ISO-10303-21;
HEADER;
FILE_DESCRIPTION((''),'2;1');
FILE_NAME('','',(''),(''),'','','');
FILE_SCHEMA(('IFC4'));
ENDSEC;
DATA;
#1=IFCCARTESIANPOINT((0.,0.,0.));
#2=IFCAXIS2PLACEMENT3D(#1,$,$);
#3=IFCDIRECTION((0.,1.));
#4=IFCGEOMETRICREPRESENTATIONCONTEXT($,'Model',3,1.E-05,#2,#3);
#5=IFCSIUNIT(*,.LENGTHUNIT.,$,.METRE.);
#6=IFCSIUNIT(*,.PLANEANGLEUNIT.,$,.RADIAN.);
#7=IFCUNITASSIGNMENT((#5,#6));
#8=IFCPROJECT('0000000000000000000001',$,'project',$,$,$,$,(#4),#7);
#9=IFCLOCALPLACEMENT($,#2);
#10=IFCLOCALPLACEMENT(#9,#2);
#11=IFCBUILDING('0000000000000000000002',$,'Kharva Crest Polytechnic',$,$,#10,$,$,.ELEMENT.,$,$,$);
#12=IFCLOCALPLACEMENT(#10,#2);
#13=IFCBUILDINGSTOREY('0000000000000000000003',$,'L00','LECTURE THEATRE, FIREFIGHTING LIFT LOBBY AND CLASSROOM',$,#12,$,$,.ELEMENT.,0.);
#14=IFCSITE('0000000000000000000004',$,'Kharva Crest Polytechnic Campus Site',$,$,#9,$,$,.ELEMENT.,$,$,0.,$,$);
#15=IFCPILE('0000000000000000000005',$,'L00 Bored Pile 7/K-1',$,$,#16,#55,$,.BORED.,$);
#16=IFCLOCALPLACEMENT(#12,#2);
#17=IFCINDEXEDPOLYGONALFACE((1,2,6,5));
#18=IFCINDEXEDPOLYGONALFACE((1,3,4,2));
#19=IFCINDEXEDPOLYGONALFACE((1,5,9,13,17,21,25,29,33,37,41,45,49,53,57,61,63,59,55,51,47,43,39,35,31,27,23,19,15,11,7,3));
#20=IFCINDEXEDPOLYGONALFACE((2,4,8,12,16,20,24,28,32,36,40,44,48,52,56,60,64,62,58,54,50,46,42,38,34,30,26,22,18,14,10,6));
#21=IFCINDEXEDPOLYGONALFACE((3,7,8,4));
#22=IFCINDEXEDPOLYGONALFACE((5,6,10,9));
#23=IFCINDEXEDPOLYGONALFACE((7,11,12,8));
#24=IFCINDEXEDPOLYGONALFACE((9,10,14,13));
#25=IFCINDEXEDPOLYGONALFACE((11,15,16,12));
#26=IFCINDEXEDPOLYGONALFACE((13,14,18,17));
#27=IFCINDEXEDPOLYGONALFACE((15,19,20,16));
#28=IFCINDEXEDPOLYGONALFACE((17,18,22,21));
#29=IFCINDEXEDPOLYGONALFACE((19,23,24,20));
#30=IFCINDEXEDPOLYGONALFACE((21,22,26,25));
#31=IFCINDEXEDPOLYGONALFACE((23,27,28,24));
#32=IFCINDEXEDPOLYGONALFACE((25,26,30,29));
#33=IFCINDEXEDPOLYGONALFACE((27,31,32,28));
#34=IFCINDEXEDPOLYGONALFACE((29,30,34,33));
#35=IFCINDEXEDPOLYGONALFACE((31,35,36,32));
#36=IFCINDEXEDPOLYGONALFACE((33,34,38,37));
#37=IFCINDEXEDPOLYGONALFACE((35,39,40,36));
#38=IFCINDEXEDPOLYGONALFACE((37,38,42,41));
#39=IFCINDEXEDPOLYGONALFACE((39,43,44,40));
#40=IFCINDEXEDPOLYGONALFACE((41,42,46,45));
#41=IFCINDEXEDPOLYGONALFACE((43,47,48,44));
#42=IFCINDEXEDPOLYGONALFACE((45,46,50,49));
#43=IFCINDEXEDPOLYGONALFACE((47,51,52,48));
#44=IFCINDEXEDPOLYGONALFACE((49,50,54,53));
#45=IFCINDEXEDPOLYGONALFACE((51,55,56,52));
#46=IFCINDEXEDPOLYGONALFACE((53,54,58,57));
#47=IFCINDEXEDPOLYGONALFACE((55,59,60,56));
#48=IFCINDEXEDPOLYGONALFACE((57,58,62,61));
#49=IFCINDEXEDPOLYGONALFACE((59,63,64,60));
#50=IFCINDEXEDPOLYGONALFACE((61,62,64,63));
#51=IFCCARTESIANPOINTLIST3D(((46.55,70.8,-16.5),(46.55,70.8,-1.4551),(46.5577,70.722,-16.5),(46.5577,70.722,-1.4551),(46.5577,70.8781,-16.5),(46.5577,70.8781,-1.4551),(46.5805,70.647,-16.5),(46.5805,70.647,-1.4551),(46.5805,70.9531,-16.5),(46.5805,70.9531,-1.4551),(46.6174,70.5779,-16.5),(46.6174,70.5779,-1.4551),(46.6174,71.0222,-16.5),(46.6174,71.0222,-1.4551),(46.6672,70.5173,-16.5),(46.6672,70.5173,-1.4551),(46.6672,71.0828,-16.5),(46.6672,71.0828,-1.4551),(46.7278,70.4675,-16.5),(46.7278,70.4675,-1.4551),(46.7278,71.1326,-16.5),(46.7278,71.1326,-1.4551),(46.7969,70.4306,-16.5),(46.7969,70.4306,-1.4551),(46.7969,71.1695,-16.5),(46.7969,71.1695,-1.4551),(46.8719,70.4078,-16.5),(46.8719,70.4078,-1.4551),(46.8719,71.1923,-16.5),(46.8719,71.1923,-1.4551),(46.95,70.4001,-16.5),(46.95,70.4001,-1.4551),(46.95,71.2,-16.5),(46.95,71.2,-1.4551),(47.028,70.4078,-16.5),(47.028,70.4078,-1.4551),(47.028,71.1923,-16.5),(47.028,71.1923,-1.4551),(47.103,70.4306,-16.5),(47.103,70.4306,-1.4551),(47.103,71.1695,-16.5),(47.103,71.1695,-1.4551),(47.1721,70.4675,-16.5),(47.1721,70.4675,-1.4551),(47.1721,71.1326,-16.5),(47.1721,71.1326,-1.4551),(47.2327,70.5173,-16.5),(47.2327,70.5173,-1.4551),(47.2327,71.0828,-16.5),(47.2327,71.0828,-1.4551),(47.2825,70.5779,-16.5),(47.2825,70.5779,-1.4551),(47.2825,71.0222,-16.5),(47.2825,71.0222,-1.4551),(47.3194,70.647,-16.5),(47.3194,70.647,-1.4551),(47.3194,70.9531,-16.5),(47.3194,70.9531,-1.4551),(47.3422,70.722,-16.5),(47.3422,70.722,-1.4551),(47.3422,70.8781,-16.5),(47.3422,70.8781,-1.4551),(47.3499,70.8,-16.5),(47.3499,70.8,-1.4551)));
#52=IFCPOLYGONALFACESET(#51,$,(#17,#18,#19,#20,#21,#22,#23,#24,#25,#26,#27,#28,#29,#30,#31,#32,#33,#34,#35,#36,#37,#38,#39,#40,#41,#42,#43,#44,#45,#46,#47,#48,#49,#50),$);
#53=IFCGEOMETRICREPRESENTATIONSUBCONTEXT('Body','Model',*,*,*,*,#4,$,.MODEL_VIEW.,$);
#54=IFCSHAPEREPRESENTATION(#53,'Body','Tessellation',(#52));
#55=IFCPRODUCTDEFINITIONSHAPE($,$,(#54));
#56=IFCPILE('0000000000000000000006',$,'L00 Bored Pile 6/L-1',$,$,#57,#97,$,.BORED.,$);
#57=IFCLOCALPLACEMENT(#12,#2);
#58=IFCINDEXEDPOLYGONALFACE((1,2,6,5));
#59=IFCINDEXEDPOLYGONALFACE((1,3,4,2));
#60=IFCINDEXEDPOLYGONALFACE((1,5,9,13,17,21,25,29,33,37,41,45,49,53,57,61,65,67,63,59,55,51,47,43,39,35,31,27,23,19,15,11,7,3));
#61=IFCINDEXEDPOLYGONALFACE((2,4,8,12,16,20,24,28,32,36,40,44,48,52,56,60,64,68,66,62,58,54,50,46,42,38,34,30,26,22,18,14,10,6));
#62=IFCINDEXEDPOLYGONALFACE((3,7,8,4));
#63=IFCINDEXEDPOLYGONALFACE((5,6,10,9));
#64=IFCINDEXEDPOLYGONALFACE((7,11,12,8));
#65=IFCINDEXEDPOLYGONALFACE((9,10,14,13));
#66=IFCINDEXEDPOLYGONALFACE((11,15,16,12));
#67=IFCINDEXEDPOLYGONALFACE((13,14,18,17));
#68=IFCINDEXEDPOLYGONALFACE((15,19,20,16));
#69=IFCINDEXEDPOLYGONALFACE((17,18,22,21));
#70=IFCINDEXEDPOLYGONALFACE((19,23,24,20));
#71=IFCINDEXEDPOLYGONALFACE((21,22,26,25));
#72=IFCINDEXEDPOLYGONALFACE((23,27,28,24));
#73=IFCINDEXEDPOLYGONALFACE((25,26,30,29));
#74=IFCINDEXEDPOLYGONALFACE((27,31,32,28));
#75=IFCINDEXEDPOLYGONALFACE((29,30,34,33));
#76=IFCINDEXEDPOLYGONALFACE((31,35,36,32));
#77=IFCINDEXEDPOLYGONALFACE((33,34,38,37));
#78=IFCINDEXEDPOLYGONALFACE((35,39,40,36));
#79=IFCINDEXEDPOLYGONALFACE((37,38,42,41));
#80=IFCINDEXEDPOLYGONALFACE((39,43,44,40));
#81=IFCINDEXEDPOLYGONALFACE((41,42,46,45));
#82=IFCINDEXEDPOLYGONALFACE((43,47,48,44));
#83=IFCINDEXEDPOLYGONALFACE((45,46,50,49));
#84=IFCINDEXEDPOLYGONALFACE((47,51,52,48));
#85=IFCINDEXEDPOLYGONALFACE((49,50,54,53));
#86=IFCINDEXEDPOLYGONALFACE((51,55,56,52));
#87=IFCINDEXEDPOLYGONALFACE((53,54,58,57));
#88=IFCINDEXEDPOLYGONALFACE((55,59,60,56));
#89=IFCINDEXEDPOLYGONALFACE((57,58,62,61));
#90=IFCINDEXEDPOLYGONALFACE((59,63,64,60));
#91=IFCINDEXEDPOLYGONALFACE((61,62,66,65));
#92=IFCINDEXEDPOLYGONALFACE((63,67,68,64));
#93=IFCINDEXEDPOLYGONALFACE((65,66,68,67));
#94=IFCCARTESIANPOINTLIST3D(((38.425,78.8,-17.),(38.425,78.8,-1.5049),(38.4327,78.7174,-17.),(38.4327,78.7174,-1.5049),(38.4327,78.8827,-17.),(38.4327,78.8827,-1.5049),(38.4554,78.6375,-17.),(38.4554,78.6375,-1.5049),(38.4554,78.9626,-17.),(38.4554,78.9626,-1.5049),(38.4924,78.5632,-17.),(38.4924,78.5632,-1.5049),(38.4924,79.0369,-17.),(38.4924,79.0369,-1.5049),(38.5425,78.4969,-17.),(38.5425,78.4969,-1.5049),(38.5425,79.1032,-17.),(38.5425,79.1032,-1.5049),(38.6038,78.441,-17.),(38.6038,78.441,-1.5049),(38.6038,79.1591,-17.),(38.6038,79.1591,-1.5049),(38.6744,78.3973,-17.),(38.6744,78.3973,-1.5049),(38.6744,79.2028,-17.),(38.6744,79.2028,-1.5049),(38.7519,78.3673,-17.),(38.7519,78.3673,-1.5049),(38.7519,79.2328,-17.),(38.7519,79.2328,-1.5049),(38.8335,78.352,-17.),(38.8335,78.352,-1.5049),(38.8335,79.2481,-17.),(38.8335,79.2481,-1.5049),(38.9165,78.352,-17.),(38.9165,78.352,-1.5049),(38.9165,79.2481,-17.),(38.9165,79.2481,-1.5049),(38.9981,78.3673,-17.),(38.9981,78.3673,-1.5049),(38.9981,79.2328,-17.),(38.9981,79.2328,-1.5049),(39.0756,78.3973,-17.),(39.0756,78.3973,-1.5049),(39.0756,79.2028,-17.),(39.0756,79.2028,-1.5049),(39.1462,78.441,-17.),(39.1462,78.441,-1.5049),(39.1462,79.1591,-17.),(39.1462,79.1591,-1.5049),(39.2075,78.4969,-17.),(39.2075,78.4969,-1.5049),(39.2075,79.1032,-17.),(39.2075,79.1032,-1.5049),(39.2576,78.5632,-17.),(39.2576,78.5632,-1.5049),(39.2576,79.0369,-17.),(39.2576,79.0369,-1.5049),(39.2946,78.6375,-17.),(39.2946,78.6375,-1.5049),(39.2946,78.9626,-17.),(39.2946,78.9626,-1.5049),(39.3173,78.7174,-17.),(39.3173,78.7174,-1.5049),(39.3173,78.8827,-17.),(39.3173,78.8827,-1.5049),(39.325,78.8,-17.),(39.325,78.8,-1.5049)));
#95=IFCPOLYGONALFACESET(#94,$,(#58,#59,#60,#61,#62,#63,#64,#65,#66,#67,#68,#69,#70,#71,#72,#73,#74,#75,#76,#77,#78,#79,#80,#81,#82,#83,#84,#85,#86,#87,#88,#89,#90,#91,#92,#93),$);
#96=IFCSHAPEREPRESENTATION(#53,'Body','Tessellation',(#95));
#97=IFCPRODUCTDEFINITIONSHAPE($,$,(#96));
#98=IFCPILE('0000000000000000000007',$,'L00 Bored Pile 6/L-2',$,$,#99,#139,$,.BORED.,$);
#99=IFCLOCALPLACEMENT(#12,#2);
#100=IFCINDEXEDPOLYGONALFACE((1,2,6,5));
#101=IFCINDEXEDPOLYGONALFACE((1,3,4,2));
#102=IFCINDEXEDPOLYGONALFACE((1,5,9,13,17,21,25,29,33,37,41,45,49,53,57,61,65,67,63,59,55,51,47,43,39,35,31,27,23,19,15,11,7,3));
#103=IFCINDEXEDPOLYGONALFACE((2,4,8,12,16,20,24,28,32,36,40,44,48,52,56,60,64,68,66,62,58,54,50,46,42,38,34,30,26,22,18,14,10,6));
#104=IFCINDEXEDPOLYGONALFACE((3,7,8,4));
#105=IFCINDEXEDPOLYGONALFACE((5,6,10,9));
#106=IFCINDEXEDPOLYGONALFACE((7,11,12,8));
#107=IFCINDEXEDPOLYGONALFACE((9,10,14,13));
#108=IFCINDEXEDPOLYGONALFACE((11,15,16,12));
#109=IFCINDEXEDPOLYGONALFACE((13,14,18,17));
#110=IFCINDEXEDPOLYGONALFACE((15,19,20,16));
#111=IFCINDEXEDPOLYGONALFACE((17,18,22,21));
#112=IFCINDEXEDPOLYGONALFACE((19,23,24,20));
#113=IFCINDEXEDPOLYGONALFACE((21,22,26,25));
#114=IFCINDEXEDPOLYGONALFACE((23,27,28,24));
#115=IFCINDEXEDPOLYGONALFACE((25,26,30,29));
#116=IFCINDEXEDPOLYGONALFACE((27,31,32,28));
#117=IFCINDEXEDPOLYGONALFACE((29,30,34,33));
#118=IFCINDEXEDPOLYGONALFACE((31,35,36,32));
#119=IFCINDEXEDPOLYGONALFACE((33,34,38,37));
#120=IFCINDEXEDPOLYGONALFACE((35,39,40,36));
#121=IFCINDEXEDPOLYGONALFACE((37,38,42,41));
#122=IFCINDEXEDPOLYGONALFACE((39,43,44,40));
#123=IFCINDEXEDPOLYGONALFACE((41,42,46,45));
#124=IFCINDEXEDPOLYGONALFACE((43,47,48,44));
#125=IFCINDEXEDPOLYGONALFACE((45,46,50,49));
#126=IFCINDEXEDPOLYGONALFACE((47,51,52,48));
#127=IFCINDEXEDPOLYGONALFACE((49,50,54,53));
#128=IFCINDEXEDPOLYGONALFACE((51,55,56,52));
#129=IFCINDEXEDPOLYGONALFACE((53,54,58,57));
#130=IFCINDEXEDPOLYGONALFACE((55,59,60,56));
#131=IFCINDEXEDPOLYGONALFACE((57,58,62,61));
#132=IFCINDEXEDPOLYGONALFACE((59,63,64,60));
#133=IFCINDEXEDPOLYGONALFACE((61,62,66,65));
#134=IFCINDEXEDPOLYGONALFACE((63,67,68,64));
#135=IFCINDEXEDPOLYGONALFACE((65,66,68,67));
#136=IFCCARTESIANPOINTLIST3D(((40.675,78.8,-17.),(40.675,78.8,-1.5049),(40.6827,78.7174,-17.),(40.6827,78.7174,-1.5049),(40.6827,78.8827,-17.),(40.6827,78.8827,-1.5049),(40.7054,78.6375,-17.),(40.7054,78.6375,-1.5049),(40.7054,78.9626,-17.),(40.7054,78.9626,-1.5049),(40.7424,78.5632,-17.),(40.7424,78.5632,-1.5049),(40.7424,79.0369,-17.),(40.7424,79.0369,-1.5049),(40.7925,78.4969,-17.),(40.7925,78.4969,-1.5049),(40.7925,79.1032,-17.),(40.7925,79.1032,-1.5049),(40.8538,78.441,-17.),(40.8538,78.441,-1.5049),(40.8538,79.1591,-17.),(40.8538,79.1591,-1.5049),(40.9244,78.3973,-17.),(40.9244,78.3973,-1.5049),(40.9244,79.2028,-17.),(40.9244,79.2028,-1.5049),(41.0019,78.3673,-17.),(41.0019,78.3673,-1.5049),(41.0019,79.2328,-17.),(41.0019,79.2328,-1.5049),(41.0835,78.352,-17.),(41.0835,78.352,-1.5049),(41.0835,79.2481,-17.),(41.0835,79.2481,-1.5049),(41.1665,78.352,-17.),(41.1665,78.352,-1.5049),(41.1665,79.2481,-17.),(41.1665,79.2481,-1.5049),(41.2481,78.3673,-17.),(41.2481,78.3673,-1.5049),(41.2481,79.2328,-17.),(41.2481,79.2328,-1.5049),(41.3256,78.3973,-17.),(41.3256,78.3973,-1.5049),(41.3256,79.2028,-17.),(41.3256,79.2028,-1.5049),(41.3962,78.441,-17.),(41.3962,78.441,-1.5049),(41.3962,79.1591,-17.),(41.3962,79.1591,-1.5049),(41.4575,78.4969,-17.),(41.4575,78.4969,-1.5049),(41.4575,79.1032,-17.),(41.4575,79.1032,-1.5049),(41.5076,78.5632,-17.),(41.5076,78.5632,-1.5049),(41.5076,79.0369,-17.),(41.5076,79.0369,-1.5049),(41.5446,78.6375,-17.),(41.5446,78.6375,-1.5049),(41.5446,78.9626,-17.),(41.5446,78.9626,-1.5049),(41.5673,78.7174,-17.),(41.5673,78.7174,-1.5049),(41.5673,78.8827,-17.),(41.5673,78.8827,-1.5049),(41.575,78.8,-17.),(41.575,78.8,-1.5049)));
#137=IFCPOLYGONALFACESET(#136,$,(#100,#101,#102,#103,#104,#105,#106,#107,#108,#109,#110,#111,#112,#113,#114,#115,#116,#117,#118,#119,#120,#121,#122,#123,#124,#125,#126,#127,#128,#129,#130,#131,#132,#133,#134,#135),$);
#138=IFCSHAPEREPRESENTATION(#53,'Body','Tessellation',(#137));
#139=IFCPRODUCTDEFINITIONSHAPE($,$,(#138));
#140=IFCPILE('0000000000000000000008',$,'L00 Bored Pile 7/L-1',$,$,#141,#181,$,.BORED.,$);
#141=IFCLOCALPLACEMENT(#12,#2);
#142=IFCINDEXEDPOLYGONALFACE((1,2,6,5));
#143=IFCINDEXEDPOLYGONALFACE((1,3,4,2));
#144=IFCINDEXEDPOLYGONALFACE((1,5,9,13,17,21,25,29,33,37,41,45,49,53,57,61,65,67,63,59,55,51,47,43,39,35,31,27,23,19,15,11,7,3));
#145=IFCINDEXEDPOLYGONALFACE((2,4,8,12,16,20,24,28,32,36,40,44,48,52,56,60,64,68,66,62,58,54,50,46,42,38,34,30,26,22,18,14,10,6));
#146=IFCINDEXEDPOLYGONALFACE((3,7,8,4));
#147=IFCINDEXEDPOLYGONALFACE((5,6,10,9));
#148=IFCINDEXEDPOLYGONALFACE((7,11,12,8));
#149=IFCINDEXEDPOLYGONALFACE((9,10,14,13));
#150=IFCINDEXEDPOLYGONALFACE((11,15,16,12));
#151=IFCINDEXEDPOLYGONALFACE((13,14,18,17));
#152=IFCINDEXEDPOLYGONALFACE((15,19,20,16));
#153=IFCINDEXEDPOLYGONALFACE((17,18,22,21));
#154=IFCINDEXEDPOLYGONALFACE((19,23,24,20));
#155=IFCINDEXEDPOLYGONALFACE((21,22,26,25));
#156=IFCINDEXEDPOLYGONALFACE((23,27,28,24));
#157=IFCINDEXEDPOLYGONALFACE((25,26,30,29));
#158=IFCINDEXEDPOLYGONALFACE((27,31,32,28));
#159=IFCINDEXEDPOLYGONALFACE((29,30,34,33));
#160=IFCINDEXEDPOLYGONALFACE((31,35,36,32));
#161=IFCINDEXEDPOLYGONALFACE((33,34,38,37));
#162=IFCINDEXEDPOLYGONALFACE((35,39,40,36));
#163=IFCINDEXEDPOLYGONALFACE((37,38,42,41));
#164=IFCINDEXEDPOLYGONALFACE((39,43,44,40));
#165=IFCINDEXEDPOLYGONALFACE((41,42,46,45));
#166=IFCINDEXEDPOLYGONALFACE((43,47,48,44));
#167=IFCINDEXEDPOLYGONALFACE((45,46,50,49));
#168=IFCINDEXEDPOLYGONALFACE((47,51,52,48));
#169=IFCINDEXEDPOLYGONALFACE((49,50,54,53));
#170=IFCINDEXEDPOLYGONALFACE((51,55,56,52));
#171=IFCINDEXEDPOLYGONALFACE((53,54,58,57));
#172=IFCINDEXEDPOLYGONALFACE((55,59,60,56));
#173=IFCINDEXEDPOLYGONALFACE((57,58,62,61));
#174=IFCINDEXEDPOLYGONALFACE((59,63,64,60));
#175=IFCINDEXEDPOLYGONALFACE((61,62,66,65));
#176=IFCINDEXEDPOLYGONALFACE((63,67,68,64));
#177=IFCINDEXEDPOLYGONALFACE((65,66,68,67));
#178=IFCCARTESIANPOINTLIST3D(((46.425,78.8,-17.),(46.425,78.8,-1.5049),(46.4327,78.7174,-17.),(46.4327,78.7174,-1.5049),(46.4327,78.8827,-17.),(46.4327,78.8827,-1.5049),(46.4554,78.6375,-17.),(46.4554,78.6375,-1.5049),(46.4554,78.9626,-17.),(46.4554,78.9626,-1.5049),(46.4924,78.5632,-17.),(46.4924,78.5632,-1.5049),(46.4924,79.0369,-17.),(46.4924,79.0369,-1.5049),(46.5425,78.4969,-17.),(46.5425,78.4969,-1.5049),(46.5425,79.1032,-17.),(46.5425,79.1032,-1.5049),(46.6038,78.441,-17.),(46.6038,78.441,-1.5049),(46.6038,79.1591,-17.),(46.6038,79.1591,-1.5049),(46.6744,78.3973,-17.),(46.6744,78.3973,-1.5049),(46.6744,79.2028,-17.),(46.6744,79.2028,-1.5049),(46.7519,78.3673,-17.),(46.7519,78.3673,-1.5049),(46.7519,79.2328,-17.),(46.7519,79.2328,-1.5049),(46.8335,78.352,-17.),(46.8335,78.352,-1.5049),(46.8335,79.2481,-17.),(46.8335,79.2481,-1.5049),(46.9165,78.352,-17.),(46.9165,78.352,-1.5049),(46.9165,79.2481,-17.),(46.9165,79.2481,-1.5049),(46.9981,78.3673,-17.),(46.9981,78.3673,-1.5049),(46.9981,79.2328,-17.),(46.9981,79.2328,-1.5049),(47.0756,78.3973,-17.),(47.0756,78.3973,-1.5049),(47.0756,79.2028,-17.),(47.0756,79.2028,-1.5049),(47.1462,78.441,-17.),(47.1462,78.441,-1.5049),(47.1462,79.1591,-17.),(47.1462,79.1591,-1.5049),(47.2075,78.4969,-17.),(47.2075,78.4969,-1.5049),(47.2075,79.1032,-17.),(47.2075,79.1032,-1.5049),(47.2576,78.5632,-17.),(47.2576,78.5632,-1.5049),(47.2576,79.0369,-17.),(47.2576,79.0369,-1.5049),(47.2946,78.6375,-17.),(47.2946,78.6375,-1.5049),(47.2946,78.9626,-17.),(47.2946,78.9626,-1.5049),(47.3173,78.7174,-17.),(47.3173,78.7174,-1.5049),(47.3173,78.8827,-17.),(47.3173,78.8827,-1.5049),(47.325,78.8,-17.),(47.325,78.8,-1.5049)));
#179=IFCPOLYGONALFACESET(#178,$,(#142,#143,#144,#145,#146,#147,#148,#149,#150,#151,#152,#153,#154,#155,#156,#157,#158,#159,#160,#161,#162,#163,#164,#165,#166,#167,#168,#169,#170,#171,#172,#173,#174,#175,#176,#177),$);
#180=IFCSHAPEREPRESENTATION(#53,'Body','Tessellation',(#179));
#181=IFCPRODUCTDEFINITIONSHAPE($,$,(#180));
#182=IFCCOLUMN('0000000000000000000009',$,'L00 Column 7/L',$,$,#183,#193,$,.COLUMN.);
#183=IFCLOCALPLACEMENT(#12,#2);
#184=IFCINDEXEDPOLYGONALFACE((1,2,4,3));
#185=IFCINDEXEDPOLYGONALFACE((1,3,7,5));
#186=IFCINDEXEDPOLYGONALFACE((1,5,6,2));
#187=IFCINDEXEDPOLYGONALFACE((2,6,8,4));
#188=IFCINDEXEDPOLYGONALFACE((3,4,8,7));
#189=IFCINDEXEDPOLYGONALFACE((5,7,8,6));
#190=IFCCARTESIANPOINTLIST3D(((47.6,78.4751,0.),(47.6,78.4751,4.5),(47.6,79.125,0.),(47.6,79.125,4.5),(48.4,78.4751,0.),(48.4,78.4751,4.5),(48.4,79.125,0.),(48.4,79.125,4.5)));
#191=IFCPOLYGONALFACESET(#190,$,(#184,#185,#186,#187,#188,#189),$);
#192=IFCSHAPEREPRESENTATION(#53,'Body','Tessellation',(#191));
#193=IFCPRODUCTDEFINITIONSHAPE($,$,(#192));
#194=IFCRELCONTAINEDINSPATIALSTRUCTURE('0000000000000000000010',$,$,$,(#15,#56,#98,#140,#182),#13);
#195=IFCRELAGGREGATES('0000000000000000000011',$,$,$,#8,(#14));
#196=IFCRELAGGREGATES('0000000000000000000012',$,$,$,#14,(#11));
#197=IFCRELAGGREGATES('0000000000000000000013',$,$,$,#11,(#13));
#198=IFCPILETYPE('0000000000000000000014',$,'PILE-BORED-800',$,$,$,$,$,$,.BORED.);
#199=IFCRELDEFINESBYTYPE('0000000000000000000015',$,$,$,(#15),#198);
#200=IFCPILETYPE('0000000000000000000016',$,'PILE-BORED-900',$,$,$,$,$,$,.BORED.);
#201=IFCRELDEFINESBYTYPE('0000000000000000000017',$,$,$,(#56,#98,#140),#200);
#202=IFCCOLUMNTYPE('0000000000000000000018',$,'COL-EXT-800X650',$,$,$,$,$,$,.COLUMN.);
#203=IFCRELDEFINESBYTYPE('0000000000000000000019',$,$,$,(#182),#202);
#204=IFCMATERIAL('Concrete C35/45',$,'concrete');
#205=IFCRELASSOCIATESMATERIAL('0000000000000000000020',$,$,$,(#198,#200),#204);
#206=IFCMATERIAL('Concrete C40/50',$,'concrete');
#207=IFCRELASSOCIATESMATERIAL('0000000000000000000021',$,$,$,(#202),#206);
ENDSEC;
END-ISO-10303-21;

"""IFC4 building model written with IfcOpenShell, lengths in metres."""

from ifc_helpers import new_model, si_unit, direction, frame, origin, origin_2d, place, context, subcontext, project, spatial, rectangle, circle, extrude, material, material_profile, profile_set, type_object, element, save


model = new_model("IFC4")

# Units and contexts
model_context = context("Model", 3, precision=1e-05, world=origin(), true_north=direction((0.0, 1.0)))
body_context = subcontext(model_context, "Body", "Model", "MODEL_VIEW")
ifc_project = project(units=[si_unit("LENGTHUNIT", "METRE"), si_unit("PLANEANGLEUNIT", "RADIAN")], contexts=[model_context])

# Site, building, storey
site_placement = place(None, origin())
site = spatial("IfcSite", under=ifc_project, at=site_placement, Name="Kharva Crest Polytechnic Campus Site", CompositionType="ELEMENT", RefElevation=0.0)
building_placement = place(site_placement, origin())
building = spatial("IfcBuilding", under=site, at=building_placement, Name="Kharva Crest Polytechnic", CompositionType="ELEMENT")
storey_placement = place(building_placement, origin())
storey = spatial("IfcBuildingStorey", under=building, at=storey_placement, Name="L00", Description="LECTURE THEATRE, FIREFIGHTING LIFT LOBBY AND CLASSROOM", CompositionType="ELEMENT", Elevation=0.0)

# Shared definitions
ifc_material_1 = material(Name="Concrete C35/45", Category="concrete")

# Piles
ifc_material_profile_1 = material_profile(ifc_material_1, circle(Radius=0.3999, at=origin_2d()), Name="DIA 800")
ifc_profile_set_1 = profile_set([ifc_material_profile_1], Name="Concrete C35/45")
pile_type_1 = type_object("IfcPileType", Name="PILE-BORED-800", PredefinedType="BORED", material=ifc_profile_set_1)
for number, where, z_axis, x_axis, name in (
    (1, (46.95, 70.8, -1.4551), (0.0, 0.0, -1.0), (1.0, 0.0, 0.0), "L00 Bored Pile 7/K-1"),
):
    element("IfcPile", number, at=place(storey_placement, frame(where, z_axis=z_axis, x_axis=x_axis)), inside=storey, type_object=pile_type_1, Name=name, PredefinedType="BORED", context=body_context, shape_type="SweptSolid", body=[
        extrude(circle(Radius=0.3999, at=origin_2d()), origin(), (0.0, 0.0, 1.0), 15.0449),
    ])
ifc_material_profile_2 = material_profile(ifc_material_1, circle(Radius=0.45, at=origin_2d()), Name="DIA 900")
ifc_profile_set_2 = profile_set([ifc_material_profile_2], Name="Concrete C35/45")
pile_type_2 = type_object("IfcPileType", Name="PILE-BORED-900", PredefinedType="BORED", material=ifc_profile_set_2)
for number, where, z_axis, x_axis, name in (
    (2, (38.875, 78.8, -1.5049), (0.0, 0.0, -1.0), (1.0, 0.0, 0.0), "L00 Bored Pile 6/L-1"),
    (3, (41.125, 78.8, -1.5049), (0.0, 0.0, -1.0), (1.0, 0.0, 0.0), "L00 Bored Pile 6/L-2"),
    (4, (46.875, 78.8, -1.5049), (0.0, 0.0, -1.0), (1.0, 0.0, 0.0), "L00 Bored Pile 7/L-1"),
):
    element("IfcPile", number, at=place(storey_placement, frame(where, z_axis=z_axis, x_axis=x_axis)), inside=storey, type_object=pile_type_2, Name=name, PredefinedType="BORED", context=body_context, shape_type="SweptSolid", body=[
        extrude(circle(Radius=0.45, at=origin_2d()), origin(), (0.0, 0.0, 1.0), 15.4951),
    ])

# Column
ifc_material_2 = material(Name="Concrete C40/50", Category="concrete")
ifc_material_profile_3 = material_profile(ifc_material_2, rectangle(XDim=0.8, YDim=0.6499, at=origin_2d()), Name="RECT 800 X 650")
ifc_profile_set_3 = profile_set([ifc_material_profile_3], Name="Concrete C40/50")
column_type_1 = type_object("IfcColumnType", Name="COL-EXT-800X650", PredefinedType="COLUMN", material=ifc_profile_set_3)
column_1_placement = place(storey_placement, frame((48.0, 78.8, 0.0), z_axis=(0.0, 0.0, 1.0), x_axis=(1.0, 0.0, 0.0)))
element("IfcColumn", 5, at=column_1_placement, inside=storey, type_object=column_type_1, Name="L00 Column 7/L", PredefinedType="COLUMN", context=body_context, shape_type="SweptSolid", body=[
    extrude(rectangle(XDim=0.8, YDim=0.6499, at=origin_2d()), origin(), (0.0, 0.0, 1.0), 4.5),
])

save(model, "model.ifc")
